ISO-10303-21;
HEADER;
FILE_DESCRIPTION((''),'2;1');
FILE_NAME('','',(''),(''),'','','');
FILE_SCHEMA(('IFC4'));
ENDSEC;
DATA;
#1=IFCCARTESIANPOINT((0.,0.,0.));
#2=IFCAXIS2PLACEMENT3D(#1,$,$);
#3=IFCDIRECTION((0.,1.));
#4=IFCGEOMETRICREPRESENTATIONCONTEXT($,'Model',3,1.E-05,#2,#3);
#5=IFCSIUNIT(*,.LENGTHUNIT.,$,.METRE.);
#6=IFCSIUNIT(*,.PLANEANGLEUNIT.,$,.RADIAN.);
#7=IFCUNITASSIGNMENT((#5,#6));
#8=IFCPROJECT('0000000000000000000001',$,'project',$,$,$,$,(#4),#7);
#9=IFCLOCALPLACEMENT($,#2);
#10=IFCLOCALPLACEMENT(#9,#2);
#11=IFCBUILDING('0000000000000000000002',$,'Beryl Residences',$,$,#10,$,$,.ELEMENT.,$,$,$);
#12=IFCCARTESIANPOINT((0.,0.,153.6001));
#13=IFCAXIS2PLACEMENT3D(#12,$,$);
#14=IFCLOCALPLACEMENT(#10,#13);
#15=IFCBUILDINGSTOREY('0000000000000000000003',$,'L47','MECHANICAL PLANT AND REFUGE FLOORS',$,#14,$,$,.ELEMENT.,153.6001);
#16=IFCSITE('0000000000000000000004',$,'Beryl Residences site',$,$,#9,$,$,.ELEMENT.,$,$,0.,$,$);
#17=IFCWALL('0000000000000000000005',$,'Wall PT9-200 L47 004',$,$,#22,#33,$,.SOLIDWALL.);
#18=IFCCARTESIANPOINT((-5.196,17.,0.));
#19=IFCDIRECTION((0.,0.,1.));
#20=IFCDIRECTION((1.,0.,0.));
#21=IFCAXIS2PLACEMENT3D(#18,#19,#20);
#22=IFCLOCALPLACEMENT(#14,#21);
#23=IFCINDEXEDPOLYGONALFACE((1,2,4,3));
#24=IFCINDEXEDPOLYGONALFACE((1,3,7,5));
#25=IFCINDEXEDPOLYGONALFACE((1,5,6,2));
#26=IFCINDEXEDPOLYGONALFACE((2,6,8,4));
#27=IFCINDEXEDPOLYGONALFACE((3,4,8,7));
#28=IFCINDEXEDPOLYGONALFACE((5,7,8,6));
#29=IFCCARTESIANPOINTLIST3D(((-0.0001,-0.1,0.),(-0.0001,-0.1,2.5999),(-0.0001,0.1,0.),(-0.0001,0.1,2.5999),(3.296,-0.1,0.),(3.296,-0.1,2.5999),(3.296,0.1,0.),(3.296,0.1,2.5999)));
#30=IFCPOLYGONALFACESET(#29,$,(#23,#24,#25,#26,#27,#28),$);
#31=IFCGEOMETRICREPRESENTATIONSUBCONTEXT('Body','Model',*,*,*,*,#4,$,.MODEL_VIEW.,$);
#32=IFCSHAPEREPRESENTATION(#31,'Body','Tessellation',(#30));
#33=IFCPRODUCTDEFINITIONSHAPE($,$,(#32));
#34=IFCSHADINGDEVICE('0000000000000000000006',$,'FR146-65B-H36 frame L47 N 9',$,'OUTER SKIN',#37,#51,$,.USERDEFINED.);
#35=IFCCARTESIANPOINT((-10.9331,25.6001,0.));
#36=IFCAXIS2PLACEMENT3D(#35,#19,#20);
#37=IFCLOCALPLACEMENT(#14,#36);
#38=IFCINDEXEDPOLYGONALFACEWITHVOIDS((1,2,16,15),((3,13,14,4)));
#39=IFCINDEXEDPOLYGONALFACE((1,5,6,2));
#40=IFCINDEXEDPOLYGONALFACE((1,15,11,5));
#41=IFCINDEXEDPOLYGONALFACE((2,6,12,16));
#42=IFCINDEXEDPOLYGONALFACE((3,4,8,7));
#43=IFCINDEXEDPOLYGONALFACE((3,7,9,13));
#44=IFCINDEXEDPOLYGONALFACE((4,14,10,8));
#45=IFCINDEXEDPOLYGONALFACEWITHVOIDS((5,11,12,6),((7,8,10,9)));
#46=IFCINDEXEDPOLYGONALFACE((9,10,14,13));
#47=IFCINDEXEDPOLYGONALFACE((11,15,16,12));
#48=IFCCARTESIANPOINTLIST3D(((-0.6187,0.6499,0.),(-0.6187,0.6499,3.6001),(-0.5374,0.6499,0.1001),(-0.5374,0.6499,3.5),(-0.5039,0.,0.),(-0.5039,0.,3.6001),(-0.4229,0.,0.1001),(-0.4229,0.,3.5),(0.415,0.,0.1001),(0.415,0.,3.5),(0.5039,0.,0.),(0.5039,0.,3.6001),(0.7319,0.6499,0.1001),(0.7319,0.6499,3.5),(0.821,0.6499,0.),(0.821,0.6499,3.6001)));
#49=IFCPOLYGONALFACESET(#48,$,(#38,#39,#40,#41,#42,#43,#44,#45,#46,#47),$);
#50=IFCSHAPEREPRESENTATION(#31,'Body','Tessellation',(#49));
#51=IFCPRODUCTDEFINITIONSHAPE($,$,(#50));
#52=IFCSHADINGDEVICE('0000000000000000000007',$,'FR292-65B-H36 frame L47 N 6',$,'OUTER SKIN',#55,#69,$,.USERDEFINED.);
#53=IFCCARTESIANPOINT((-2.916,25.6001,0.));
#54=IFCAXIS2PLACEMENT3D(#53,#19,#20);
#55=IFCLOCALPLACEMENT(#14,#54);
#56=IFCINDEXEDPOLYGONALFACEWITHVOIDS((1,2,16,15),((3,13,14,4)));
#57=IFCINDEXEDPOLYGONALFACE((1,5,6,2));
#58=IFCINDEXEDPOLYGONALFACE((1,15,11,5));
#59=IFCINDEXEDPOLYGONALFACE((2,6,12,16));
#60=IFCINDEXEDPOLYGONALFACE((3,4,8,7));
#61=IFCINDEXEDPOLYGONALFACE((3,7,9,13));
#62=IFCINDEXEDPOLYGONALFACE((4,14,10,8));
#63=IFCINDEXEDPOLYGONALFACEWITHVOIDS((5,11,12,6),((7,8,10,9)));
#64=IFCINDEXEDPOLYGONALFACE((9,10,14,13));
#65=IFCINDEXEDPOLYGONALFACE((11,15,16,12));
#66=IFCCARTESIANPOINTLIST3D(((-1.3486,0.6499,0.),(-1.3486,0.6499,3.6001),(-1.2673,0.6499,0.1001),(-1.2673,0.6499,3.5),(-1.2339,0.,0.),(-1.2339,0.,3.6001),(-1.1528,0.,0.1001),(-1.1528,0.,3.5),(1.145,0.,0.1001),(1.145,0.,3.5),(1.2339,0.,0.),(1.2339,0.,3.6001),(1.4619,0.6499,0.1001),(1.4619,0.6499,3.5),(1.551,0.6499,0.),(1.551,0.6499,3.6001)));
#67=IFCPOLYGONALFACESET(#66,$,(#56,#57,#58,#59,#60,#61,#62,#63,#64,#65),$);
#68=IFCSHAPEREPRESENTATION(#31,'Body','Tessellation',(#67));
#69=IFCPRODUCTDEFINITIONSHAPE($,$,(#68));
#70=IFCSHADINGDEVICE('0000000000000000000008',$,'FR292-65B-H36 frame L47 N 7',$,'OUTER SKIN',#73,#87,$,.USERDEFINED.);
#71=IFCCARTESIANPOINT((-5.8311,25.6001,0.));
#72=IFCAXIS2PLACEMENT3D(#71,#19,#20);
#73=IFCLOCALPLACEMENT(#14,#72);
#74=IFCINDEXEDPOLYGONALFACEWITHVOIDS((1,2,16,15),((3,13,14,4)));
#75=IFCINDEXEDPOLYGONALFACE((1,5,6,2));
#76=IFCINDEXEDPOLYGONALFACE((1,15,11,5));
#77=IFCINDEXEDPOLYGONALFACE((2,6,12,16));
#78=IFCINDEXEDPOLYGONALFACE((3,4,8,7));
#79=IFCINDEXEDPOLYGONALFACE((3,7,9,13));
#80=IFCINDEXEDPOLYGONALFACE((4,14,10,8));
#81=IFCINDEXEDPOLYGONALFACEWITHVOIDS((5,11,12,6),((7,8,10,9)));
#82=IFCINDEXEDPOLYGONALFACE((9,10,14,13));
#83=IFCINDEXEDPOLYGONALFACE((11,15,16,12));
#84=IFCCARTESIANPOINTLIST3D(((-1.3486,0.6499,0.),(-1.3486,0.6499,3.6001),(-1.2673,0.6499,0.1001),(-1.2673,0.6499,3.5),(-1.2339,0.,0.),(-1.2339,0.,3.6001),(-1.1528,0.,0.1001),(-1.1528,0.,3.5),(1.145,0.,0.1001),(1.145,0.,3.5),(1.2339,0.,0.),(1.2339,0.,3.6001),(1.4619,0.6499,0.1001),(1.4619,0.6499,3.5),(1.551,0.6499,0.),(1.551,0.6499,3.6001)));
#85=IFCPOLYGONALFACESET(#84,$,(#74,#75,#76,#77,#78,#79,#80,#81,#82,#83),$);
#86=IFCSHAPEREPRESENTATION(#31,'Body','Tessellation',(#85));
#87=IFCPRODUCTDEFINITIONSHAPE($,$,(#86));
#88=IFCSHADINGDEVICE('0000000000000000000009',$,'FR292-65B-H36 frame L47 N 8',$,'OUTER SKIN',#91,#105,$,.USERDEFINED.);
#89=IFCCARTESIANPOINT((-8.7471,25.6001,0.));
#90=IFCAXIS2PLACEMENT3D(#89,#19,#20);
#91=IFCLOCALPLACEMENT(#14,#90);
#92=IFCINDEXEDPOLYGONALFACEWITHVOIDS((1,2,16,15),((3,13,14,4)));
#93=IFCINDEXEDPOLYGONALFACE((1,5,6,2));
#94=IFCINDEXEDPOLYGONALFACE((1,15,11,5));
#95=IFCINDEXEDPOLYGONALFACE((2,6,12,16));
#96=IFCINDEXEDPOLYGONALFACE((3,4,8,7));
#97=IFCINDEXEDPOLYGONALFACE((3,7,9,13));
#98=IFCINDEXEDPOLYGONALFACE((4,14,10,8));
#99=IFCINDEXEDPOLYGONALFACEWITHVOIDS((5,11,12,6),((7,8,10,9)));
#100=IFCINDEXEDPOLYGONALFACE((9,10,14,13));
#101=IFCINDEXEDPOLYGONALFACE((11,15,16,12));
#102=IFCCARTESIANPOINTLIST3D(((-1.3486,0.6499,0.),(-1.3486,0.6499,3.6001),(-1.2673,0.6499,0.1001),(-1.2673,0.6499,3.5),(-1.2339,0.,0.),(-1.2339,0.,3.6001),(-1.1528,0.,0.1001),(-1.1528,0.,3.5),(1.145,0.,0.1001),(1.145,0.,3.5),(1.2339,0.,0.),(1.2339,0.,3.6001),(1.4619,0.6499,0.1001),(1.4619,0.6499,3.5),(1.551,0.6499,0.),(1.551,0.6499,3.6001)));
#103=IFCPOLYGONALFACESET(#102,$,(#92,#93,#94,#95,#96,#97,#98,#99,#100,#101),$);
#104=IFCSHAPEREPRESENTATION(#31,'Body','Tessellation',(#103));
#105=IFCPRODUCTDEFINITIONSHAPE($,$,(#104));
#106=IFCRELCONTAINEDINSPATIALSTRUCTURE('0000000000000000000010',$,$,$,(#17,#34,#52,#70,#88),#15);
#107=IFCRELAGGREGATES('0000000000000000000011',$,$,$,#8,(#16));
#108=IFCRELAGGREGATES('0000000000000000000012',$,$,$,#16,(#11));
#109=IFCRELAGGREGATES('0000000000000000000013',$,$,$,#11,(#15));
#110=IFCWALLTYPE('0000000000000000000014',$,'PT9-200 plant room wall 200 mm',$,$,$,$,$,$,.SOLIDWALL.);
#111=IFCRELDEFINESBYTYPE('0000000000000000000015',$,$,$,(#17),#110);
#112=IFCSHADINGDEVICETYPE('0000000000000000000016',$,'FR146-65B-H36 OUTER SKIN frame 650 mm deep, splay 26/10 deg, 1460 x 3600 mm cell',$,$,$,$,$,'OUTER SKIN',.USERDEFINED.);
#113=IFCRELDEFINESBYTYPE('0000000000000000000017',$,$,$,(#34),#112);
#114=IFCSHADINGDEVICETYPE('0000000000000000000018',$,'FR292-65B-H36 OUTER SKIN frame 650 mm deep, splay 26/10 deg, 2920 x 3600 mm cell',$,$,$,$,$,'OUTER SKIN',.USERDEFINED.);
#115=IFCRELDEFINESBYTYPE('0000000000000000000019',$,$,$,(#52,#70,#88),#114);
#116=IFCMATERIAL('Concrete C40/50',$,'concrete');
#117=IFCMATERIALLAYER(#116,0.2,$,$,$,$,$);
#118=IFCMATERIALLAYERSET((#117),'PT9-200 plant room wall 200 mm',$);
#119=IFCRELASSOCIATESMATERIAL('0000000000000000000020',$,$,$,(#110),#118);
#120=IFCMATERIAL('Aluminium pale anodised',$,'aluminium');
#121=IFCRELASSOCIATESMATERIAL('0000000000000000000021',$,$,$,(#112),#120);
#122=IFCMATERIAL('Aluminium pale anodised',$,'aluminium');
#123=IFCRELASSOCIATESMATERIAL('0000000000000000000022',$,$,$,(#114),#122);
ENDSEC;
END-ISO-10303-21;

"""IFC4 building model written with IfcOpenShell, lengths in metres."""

from ifc_helpers import new_model, entity, si_unit, direction, frame, frame_2d, origin, place, context, subcontext, project, spatial, rectangle, extrude, source, transform, mapped, material, layer, layer_set, type_object, type_shapes, element, save


model = new_model("IFC4")

# Units and contexts
model_context = context("Model", 3, precision=1e-05, world=origin(), true_north=direction((0.0, 1.0)))
body_context = subcontext(model_context, "Body", "Model", "MODEL_VIEW")
ifc_project = project(units=[si_unit("LENGTHUNIT", "METRE"), si_unit("PLANEANGLEUNIT", "RADIAN")], contexts=[model_context])

# Site, building, storey
site_placement = place(None, origin())
site = spatial("IfcSite", under=ifc_project, at=site_placement, Name="Beryl Residences site", CompositionType="ELEMENT", RefElevation=0.0)
building_placement = place(site_placement, origin())
building = spatial("IfcBuilding", under=site, at=building_placement, Name="Beryl Residences", CompositionType="ELEMENT")
storey_placement = place(building_placement, frame((0.0, 0.0, 153.6001)))
storey = spatial("IfcBuildingStorey", under=building, at=storey_placement, Name="L47", Description="MECHANICAL PLANT AND REFUGE FLOORS", CompositionType="ELEMENT", Elevation=153.6001)

# Wall
ifc_material_1 = material(Name="Concrete C40/50", Category="concrete")
ifc_layer = layer(ifc_material_1, 0.2)
ifc_layer_set = layer_set([ifc_layer], Name="PT9-200 plant room wall 200 mm")
wall_type = type_object("IfcWallType", Name="PT9-200 plant room wall 200 mm", PredefinedType="SOLIDWALL", material=ifc_layer_set)
wall_1_placement = place(storey_placement, frame((-5.196, 17.0, 0.0), z_axis=(0.0, 0.0, 1.0), x_axis=(1.0, 0.0, 0.0)))
element("IfcWall", 1, at=wall_1_placement, inside=storey, type_object=wall_type, Name="Wall PT9-200 L47 004", PredefinedType="SOLIDWALL", context=body_context, shape_type="SweptSolid", body=[
    extrude(rectangle(XDim=3.2961, YDim=0.2, at=frame_2d((1.6479, 0.0))), origin(), (0.0, 0.0, 1.0), 2.5999),
])

# Shading devices
ifc_material_2 = material(Name="Aluminium pale anodised", Category="aluminium")
shading_device_type_1 = type_object("IfcShadingDeviceType", Name="FR146-65B-H36 OUTER SKIN frame 650 mm deep, splay 26/10 deg, 1460 x 3600 mm cell", ElementType="OUTER SKIN", PredefinedType="USERDEFINED", material=ifc_material_2)
cartesian_point_1 = entity("IfcCartesianPoint", [-0.5039, 0.0])
cartesian_point_2 = entity("IfcCartesianPoint", [-0.415, 0.1001])
cartesian_point_3 = entity("IfcCartesianPoint", [-0.821, 0.0])
cartesian_point_4 = entity("IfcCartesianPoint", [-0.7319, 0.1001])
shared_shape_1 = source(origin(), body_context, "Body", "SweptSolid", [
    entity("IfcExtrudedAreaSolidTapered", entity("IfcArbitraryProfileDefWithVoids", "AREA", None, entity("IfcPolyline", [cartesian_point_1, entity("IfcCartesianPoint", [0.5039, 0.0]), entity("IfcCartesianPoint", [0.5039, 3.6001]), entity("IfcCartesianPoint", [-0.5039, 3.6001]), cartesian_point_1]), [entity("IfcPolyline", [cartesian_point_2, entity("IfcCartesianPoint", [0.4229, 0.1001]), entity("IfcCartesianPoint", [0.4229, 3.5]), entity("IfcCartesianPoint", [-0.415, 3.5]), cartesian_point_2])]), entity("IfcAxis2Placement3D", entity("IfcCartesianPoint", [0.0, 0.0, 0.0]), entity("IfcDirection", [0.0, 1.0, 0.0]), entity("IfcDirection", [-1.0, 0.0, 0.0])), entity("IfcDirection", [0.0, 0.0, 1.0]), 0.6499, entity("IfcArbitraryProfileDefWithVoids", "AREA", None, entity("IfcPolyline", [cartesian_point_3, entity("IfcCartesianPoint", [0.6187, 0.0]), entity("IfcCartesianPoint", [0.6187, 3.6001]), entity("IfcCartesianPoint", [-0.821, 3.6001]), cartesian_point_3]), [entity("IfcPolyline", [cartesian_point_4, entity("IfcCartesianPoint", [0.5374, 0.1001]), entity("IfcCartesianPoint", [0.5374, 3.5]), entity("IfcCartesianPoint", [-0.7319, 3.5]), cartesian_point_4])])),
])
type_shapes(shading_device_type_1, [shared_shape_1])
shading_device_placement = place(storey_placement, frame((-10.9331, 25.6001, 0.0), z_axis=(0.0, 0.0, 1.0), x_axis=(1.0, 0.0, 0.0)))
element("IfcShadingDevice", 2, at=shading_device_placement, inside=storey, type_object=shading_device_type_1, Name="FR146-65B-H36 frame L47 N 9", ObjectType="OUTER SKIN", PredefinedType="USERDEFINED", context=body_context, shape_type="MappedRepresentation", body=[
    mapped(shared_shape_1, transform((0.0, 0.0, 0.0))),
])
ifc_material_3 = material(Name="Aluminium pale anodised", Category="aluminium")
shading_device_type_2 = type_object("IfcShadingDeviceType", Name="FR292-65B-H36 OUTER SKIN frame 650 mm deep, splay 26/10 deg, 2920 x 3600 mm cell", ElementType="OUTER SKIN", PredefinedType="USERDEFINED", material=ifc_material_3)
cartesian_point_5 = entity("IfcCartesianPoint", [-1.2339, 0.0])
cartesian_point_6 = entity("IfcCartesianPoint", [-1.145, 0.1001])
cartesian_point_7 = entity("IfcCartesianPoint", [-1.551, 0.0])
cartesian_point_8 = entity("IfcCartesianPoint", [-1.4619, 0.1001])
shared_shape_2 = source(origin(), body_context, "Body", "SweptSolid", [
    entity("IfcExtrudedAreaSolidTapered", entity("IfcArbitraryProfileDefWithVoids", "AREA", None, entity("IfcPolyline", [cartesian_point_5, entity("IfcCartesianPoint", [1.2339, 0.0]), entity("IfcCartesianPoint", [1.2339, 3.6001]), entity("IfcCartesianPoint", [-1.2339, 3.6001]), cartesian_point_5]), [entity("IfcPolyline", [cartesian_point_6, entity("IfcCartesianPoint", [1.1528, 0.1001]), entity("IfcCartesianPoint", [1.1528, 3.5]), entity("IfcCartesianPoint", [-1.145, 3.5]), cartesian_point_6])]), entity("IfcAxis2Placement3D", entity("IfcCartesianPoint", [0.0, 0.0, 0.0]), entity("IfcDirection", [0.0, 1.0, 0.0]), entity("IfcDirection", [-1.0, 0.0, 0.0])), entity("IfcDirection", [0.0, 0.0, 1.0]), 0.6499, entity("IfcArbitraryProfileDefWithVoids", "AREA", None, entity("IfcPolyline", [cartesian_point_7, entity("IfcCartesianPoint", [1.3486, 0.0]), entity("IfcCartesianPoint", [1.3486, 3.6001]), entity("IfcCartesianPoint", [-1.551, 3.6001]), cartesian_point_7]), [entity("IfcPolyline", [cartesian_point_8, entity("IfcCartesianPoint", [1.2673, 0.1001]), entity("IfcCartesianPoint", [1.2673, 3.5]), entity("IfcCartesianPoint", [-1.4619, 3.5]), cartesian_point_8])])),
])
type_shapes(shading_device_type_2, [shared_shape_2])
for number, where, z_axis, x_axis, name in (
    (3, (-2.916, 25.6001, 0.0), (0.0, 0.0, 1.0), (1.0, 0.0, 0.0), "FR292-65B-H36 frame L47 N 6"),
    (4, (-5.8311, 25.6001, 0.0), (0.0, 0.0, 1.0), (1.0, 0.0, 0.0), "FR292-65B-H36 frame L47 N 7"),
    (5, (-8.7471, 25.6001, 0.0), (0.0, 0.0, 1.0), (1.0, 0.0, 0.0), "FR292-65B-H36 frame L47 N 8"),
):
    element("IfcShadingDevice", number, at=place(storey_placement, frame(where, z_axis=z_axis, x_axis=x_axis)), inside=storey, type_object=shading_device_type_2, Name=name, ObjectType="OUTER SKIN", PredefinedType="USERDEFINED", context=body_context, shape_type="MappedRepresentation", body=[
        mapped(shared_shape_2, transform((0.0, 0.0, 0.0))),
    ])

save(model, "model.ifc")
